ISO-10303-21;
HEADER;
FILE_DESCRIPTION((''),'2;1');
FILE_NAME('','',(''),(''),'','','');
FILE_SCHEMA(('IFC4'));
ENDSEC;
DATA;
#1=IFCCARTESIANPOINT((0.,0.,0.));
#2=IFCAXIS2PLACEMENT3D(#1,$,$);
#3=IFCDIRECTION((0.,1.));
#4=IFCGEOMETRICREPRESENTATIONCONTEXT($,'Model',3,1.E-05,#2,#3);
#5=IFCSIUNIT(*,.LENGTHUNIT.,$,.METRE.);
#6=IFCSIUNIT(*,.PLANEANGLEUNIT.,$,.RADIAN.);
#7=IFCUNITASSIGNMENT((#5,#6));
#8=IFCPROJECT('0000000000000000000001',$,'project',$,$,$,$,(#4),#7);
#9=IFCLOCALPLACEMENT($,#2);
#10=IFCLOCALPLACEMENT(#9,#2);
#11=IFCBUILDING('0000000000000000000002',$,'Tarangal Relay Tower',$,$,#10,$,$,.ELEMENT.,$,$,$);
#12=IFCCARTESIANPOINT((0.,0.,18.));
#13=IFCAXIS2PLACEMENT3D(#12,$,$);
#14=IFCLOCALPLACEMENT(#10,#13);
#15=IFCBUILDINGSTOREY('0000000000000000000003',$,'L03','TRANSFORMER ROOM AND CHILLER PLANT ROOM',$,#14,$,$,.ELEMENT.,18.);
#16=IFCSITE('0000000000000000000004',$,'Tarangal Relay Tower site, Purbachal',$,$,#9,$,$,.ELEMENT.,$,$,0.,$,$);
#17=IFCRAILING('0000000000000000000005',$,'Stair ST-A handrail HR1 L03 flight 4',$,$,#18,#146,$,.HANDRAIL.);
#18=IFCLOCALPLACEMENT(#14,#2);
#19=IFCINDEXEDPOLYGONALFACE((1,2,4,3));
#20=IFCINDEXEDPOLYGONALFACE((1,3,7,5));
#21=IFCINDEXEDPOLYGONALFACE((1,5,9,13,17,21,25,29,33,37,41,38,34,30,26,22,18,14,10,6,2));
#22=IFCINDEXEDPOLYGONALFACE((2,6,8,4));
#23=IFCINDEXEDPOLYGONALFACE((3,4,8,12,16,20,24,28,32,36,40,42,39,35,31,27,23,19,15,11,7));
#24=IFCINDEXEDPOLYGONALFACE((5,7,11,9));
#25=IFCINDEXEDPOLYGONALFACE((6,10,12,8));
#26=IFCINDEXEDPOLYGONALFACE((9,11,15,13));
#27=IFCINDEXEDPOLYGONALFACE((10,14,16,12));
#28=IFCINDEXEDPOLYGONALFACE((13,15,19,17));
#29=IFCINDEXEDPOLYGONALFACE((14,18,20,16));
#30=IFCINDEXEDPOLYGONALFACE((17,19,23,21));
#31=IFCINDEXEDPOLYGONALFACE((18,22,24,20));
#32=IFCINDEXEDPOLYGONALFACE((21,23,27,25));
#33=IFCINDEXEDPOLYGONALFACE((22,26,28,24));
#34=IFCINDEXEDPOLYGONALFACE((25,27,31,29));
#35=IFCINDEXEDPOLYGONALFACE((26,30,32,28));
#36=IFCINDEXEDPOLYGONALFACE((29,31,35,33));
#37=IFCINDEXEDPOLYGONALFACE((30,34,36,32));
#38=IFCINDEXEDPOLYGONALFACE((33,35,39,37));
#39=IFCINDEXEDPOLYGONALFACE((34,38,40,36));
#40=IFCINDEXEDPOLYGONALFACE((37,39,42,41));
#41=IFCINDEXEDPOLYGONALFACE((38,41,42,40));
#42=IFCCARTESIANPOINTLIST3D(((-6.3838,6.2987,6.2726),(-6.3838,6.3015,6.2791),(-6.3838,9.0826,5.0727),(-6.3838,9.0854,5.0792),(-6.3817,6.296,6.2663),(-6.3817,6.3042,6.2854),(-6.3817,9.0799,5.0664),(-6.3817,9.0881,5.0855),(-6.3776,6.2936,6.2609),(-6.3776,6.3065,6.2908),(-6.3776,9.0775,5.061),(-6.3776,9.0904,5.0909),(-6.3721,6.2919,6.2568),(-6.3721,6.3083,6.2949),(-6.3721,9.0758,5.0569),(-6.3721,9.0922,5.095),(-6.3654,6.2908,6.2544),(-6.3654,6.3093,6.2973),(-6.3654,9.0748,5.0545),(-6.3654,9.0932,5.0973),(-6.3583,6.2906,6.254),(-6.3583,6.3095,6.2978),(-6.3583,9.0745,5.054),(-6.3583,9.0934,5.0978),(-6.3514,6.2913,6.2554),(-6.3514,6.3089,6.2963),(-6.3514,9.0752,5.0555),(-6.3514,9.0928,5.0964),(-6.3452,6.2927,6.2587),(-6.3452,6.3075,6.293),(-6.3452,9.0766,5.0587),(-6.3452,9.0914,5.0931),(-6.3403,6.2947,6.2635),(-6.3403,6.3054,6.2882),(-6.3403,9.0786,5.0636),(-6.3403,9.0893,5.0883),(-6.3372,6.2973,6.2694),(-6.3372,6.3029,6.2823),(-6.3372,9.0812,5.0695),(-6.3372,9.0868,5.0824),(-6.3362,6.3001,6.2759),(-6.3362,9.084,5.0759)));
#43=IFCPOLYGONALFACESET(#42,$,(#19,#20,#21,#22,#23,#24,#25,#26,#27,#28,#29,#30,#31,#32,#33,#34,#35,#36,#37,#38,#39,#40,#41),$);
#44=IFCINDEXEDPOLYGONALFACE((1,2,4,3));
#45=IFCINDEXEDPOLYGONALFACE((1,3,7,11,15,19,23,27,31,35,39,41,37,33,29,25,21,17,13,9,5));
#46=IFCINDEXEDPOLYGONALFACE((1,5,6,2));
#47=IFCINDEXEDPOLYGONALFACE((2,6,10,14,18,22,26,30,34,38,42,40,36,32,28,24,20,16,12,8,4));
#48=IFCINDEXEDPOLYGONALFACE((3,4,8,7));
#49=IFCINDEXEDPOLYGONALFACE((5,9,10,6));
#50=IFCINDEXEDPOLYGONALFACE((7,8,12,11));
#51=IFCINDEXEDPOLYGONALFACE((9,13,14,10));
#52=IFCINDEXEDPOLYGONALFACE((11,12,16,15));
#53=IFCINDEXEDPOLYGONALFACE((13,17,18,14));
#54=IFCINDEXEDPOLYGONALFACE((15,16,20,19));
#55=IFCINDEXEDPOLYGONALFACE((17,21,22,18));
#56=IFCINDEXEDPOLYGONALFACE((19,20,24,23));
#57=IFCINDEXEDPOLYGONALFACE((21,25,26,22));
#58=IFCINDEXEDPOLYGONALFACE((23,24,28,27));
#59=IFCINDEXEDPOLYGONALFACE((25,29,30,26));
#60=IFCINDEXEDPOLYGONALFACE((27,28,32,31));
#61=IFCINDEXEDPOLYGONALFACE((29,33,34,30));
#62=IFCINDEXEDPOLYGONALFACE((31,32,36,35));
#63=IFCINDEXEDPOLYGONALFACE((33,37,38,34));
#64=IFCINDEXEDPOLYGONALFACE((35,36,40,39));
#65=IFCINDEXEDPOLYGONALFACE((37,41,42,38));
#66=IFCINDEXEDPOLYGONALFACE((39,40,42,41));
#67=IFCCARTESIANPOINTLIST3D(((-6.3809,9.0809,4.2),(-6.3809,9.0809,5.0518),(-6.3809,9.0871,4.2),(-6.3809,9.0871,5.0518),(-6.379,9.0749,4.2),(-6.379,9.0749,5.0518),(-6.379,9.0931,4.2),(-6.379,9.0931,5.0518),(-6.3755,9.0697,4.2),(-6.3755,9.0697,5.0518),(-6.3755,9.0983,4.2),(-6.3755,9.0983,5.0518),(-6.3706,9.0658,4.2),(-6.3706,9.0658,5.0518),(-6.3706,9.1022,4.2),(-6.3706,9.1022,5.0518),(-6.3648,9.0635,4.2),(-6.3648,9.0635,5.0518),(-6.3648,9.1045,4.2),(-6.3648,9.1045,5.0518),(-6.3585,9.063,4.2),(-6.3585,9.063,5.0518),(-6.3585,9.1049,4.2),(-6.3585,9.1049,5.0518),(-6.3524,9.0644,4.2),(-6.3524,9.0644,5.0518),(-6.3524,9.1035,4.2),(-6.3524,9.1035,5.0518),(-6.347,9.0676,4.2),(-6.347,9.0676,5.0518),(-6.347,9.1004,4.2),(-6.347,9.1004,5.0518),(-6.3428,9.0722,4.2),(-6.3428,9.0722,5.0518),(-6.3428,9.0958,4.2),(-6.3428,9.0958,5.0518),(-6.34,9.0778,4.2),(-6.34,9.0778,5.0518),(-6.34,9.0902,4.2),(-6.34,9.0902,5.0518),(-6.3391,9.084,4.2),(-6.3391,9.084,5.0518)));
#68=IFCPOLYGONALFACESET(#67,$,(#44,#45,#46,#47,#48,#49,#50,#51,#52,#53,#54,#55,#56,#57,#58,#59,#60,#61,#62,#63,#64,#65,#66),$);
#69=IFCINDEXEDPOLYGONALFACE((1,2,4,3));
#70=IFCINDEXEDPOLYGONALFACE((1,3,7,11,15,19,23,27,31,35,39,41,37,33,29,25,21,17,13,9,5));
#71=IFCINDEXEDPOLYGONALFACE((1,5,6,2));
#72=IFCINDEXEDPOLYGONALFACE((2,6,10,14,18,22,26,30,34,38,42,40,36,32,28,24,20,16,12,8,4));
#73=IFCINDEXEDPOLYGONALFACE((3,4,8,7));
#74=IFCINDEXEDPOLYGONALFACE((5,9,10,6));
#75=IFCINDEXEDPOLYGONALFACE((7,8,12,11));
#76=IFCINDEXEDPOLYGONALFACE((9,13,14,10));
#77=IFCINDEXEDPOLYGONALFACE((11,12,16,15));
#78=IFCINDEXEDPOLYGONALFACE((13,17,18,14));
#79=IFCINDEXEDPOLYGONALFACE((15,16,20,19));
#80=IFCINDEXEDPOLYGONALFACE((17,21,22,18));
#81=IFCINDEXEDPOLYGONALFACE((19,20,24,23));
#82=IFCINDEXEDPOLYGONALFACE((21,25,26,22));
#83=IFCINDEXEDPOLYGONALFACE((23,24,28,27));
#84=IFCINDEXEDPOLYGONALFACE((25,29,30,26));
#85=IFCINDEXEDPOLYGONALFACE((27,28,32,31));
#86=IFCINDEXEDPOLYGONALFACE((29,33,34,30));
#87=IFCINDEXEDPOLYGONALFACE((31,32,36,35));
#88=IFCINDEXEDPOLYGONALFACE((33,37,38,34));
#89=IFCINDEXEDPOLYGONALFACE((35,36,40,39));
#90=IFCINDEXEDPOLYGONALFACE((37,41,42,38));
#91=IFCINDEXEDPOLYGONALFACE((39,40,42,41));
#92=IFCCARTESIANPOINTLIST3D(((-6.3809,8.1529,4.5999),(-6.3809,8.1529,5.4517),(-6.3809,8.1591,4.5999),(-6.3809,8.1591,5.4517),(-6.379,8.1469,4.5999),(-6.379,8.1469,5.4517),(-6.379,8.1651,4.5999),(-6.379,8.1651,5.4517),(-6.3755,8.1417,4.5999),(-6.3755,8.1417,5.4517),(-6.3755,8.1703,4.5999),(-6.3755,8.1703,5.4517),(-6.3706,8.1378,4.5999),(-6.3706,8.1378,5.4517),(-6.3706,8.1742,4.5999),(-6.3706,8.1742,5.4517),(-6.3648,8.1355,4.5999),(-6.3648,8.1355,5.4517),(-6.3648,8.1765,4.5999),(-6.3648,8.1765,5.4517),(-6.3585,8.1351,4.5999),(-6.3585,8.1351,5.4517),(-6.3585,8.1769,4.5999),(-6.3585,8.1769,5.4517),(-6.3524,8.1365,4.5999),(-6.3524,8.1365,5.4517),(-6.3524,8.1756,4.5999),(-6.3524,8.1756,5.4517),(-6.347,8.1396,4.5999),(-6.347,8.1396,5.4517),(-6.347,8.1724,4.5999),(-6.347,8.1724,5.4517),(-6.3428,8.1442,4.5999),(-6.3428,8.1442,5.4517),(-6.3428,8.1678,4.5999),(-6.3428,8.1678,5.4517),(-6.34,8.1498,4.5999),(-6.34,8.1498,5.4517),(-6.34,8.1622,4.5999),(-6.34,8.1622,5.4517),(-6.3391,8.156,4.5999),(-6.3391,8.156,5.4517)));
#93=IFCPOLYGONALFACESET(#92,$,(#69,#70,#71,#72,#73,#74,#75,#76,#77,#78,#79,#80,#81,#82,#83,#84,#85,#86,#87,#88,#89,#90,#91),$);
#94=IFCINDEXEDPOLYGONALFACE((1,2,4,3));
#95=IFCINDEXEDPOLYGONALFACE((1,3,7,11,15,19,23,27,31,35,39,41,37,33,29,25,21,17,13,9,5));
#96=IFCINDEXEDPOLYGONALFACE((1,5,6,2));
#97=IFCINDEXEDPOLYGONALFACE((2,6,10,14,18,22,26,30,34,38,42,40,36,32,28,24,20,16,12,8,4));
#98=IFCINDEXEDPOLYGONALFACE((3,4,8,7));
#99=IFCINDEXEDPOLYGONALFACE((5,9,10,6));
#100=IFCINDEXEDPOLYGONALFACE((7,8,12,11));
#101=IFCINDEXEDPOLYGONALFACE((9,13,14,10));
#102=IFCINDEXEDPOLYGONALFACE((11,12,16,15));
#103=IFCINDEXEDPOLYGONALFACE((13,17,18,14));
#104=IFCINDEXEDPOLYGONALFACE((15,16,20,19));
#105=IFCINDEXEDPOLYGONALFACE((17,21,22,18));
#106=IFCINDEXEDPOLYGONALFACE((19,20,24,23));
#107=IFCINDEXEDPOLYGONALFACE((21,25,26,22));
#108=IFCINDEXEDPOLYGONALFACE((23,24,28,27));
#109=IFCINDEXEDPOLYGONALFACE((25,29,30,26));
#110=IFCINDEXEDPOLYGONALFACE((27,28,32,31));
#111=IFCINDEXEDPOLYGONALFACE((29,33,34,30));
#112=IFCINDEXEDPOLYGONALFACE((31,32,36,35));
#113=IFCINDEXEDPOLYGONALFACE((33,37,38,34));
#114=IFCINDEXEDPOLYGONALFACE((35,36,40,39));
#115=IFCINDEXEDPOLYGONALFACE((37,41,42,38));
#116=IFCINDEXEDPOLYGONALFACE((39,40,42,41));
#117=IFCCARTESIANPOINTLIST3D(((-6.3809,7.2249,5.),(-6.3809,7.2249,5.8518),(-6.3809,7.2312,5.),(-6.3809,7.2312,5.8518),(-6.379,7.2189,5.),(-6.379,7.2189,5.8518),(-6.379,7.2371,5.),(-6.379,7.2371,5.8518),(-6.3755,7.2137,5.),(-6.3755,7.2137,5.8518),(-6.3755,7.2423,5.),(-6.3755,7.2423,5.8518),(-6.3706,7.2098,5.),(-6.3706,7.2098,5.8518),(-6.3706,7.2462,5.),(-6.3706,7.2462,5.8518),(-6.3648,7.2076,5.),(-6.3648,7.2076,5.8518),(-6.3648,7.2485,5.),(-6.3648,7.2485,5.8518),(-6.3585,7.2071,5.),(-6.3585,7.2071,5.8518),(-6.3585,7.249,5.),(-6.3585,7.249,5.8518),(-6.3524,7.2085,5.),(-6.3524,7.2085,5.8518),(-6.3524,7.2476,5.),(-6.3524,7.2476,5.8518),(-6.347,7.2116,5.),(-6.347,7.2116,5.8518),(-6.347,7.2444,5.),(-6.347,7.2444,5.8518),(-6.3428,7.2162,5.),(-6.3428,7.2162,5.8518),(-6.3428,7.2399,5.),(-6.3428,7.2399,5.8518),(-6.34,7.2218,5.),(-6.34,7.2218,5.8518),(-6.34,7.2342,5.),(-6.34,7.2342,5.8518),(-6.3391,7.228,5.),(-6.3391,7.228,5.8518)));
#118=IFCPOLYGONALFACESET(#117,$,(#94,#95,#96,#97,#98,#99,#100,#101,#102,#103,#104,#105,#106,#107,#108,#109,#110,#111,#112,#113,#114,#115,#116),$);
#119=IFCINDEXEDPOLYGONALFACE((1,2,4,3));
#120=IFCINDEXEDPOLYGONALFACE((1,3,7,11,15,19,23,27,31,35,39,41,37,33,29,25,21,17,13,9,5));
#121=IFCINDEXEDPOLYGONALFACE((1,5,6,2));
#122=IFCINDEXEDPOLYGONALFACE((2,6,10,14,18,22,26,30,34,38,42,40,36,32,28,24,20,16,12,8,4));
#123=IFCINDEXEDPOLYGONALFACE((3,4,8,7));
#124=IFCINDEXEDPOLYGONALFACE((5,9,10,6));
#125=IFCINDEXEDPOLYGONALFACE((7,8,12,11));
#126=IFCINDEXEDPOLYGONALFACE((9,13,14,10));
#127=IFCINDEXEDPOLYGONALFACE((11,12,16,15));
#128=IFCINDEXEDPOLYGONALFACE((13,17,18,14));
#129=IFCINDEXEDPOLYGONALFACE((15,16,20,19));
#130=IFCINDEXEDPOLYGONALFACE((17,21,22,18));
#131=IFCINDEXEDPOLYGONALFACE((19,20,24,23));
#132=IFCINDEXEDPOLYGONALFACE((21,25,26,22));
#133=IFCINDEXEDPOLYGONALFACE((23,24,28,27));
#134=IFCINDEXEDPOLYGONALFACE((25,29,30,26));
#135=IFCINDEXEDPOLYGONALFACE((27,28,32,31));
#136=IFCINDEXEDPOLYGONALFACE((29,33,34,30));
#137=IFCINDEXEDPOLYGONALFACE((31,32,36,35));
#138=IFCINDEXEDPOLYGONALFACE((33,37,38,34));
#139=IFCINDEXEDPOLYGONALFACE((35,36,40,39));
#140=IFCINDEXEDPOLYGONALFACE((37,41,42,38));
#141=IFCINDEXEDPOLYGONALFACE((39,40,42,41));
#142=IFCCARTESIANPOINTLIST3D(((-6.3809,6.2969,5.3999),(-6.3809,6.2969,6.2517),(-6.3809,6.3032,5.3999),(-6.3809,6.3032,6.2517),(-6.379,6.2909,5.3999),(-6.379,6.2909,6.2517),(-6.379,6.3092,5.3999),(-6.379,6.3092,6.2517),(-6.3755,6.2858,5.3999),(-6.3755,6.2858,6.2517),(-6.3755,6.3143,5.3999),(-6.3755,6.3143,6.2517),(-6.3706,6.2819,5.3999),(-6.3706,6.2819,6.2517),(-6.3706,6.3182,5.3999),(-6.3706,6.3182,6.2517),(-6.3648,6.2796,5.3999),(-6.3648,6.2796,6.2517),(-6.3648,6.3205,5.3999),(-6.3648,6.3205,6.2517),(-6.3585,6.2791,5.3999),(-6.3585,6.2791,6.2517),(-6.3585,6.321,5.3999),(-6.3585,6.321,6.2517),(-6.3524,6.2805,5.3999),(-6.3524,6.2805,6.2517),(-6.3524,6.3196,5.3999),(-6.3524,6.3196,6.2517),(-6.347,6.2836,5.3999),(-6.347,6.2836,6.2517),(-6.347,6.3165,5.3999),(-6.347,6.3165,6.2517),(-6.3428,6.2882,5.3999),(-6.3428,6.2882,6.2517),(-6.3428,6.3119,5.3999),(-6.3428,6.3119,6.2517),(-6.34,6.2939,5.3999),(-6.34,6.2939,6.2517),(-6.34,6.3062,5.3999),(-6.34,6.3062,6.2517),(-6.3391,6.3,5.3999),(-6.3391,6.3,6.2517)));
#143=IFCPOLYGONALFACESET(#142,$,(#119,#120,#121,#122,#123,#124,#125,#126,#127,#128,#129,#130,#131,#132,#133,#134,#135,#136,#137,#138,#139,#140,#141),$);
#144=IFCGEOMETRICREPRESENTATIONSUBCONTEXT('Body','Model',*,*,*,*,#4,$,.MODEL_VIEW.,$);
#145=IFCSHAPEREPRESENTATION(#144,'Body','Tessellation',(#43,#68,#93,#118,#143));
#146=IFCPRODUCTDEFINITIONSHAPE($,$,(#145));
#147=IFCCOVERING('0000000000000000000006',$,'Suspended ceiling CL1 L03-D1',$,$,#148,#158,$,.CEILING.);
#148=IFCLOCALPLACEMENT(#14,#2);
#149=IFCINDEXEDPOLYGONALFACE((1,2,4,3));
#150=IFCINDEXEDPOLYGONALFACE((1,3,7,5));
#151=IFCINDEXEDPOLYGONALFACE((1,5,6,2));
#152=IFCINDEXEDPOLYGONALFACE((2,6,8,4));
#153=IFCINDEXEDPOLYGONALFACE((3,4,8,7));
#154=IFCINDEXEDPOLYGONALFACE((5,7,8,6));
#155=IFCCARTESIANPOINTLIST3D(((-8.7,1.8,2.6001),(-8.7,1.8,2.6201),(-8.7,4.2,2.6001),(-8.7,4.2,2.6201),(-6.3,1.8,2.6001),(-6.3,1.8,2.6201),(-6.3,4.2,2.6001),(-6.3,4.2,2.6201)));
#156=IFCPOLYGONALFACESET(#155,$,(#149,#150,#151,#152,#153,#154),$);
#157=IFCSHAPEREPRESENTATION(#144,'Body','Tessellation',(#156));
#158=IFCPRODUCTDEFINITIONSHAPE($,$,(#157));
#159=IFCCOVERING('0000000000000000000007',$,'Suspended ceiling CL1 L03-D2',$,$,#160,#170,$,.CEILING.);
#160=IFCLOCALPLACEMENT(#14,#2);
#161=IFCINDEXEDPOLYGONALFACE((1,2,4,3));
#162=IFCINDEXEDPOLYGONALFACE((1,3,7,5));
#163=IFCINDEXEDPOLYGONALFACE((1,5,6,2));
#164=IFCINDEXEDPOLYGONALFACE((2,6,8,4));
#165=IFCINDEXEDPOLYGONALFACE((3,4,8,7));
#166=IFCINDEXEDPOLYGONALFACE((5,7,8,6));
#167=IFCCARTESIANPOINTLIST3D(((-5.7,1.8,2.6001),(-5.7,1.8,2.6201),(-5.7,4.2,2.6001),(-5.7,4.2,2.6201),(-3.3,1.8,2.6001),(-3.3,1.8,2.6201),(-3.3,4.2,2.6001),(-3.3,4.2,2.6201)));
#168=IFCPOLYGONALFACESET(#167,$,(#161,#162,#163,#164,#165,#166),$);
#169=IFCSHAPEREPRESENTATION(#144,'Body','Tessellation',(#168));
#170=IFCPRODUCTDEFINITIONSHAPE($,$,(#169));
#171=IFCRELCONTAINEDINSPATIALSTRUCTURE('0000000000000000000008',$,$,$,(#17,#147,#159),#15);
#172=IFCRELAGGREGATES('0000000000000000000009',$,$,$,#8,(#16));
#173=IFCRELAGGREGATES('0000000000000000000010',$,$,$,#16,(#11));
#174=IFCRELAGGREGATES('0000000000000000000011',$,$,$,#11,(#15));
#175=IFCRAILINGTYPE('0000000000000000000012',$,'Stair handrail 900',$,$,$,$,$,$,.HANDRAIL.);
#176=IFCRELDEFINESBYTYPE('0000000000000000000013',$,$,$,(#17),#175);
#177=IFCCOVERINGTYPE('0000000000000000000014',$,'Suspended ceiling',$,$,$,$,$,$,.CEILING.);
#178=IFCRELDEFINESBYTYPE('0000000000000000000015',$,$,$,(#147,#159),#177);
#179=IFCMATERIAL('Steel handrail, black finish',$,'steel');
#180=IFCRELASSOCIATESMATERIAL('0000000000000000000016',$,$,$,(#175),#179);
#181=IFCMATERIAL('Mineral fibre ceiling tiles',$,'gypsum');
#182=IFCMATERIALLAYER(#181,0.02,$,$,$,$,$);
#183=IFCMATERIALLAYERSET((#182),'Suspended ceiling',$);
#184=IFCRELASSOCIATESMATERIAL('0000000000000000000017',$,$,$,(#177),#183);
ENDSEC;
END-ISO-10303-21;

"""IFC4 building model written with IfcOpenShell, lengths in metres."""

from ifc_helpers import new_model, si_unit, direction, frame, origin, origin_2d, place, context, subcontext, project, spatial, polyline, circle, outline, extrude, material, layer, layer_set, type_object, element, save


model = new_model("IFC4")

# Units and contexts
model_context = context("Model", 3, precision=1e-05, world=origin(), true_north=direction((0.0, 1.0)))
body_context = subcontext(model_context, "Body", "Model", "MODEL_VIEW")
ifc_project = project(units=[si_unit("LENGTHUNIT", "METRE"), si_unit("PLANEANGLEUNIT", "RADIAN")], contexts=[model_context])

# Site, building, storey
site_placement = place(None, origin())
site = spatial("IfcSite", under=ifc_project, at=site_placement, Name="Tarangal Relay Tower site, Purbachal", CompositionType="ELEMENT", RefElevation=0.0)
building_placement = place(site_placement, origin())
building = spatial("IfcBuilding", under=site, at=building_placement, Name="Tarangal Relay Tower", CompositionType="ELEMENT")
storey_placement = place(building_placement, frame((0.0, 0.0, 18.0)))
storey = spatial("IfcBuildingStorey", under=building, at=storey_placement, Name="L03", Description="TRANSFORMER ROOM AND CHILLER PLANT ROOM", CompositionType="ELEMENT", Elevation=18.0)

# Railing
ifc_material_1 = material(Name="Steel handrail, black finish", Category="steel")
railing_type_1 = type_object("IfcRailingType", Name="Stair handrail 900", PredefinedType="HANDRAIL", material=ifc_material_1)
for number, where, name in (
    (1, (-6.3601, 9.084, 4.2), "Stair ST-A handrail HR1 L03 flight 4"),
):
    element("IfcRailing", number, at=place(storey_placement, frame(where)), inside=storey, type_object=railing_type_1, Name=name, PredefinedType="HANDRAIL", context=body_context, shape_type="SweptSolid", body=[
        extrude(circle(Radius=0.0239, at=origin_2d()), frame((0.0, 0.0, 0.876), z_axis=(0.0, -0.918327, 0.395823), x_axis=(1.0, 0.0, 0.0)), (0.0, 0.0, 1.0), 3.0315),
        extrude(circle(Radius=0.021, at=origin_2d()), origin(), (0.0, 0.0, 1.0), 0.8518),
        extrude(circle(Radius=0.021, at=origin_2d()), frame((0.0, -0.928, 0.3999)), (0.0, 0.0, 1.0), 0.8518),
        extrude(circle(Radius=0.021, at=origin_2d()), frame((0.0, -1.856, 0.8)), (0.0, 0.0, 1.0), 0.8518),
        extrude(circle(Radius=0.021, at=origin_2d()), frame((0.0, -2.7839, 1.2)), (0.0, 0.0, 1.0), 0.8518),
    ])

# Coverings
ifc_material_2 = material(Name="Mineral fibre ceiling tiles", Category="gypsum")
ifc_layer_1 = layer(ifc_material_2, 0.02)
ifc_layer_set_1 = layer_set([ifc_layer_1], Name="Suspended ceiling")
covering_type_1 = type_object("IfcCoveringType", Name="Suspended ceiling", PredefinedType="CEILING", material=ifc_layer_set_1)
covering_1_placement = place(storey_placement, frame((0.0, 0.0, 2.6001)))
element("IfcCovering", 2, at=covering_1_placement, inside=storey, type_object=covering_type_1, Name="Suspended ceiling CL1 L03-D1", PredefinedType="CEILING", context=body_context, shape_type="SweptSolid", body=[
    extrude(outline(polyline([(-8.7, 1.8), (-6.3, 1.8), (-6.3, 4.2), (-8.7, 4.2), (-8.7, 1.8)])), origin(), (0.0, 0.0, 1.0), 0.02),
])
covering_2_placement = place(storey_placement, frame((0.0, 0.0, 2.6001)))
element("IfcCovering", 3, at=covering_2_placement, inside=storey, type_object=covering_type_1, Name="Suspended ceiling CL1 L03-D2", PredefinedType="CEILING", context=body_context, shape_type="SweptSolid", body=[
    extrude(outline(polyline([(-5.7, 1.8), (-3.3, 1.8), (-3.3, 4.2), (-5.7, 4.2), (-5.7, 1.8)])), origin(), (0.0, 0.0, 1.0), 0.02),
])

save(model, "model.ifc")
